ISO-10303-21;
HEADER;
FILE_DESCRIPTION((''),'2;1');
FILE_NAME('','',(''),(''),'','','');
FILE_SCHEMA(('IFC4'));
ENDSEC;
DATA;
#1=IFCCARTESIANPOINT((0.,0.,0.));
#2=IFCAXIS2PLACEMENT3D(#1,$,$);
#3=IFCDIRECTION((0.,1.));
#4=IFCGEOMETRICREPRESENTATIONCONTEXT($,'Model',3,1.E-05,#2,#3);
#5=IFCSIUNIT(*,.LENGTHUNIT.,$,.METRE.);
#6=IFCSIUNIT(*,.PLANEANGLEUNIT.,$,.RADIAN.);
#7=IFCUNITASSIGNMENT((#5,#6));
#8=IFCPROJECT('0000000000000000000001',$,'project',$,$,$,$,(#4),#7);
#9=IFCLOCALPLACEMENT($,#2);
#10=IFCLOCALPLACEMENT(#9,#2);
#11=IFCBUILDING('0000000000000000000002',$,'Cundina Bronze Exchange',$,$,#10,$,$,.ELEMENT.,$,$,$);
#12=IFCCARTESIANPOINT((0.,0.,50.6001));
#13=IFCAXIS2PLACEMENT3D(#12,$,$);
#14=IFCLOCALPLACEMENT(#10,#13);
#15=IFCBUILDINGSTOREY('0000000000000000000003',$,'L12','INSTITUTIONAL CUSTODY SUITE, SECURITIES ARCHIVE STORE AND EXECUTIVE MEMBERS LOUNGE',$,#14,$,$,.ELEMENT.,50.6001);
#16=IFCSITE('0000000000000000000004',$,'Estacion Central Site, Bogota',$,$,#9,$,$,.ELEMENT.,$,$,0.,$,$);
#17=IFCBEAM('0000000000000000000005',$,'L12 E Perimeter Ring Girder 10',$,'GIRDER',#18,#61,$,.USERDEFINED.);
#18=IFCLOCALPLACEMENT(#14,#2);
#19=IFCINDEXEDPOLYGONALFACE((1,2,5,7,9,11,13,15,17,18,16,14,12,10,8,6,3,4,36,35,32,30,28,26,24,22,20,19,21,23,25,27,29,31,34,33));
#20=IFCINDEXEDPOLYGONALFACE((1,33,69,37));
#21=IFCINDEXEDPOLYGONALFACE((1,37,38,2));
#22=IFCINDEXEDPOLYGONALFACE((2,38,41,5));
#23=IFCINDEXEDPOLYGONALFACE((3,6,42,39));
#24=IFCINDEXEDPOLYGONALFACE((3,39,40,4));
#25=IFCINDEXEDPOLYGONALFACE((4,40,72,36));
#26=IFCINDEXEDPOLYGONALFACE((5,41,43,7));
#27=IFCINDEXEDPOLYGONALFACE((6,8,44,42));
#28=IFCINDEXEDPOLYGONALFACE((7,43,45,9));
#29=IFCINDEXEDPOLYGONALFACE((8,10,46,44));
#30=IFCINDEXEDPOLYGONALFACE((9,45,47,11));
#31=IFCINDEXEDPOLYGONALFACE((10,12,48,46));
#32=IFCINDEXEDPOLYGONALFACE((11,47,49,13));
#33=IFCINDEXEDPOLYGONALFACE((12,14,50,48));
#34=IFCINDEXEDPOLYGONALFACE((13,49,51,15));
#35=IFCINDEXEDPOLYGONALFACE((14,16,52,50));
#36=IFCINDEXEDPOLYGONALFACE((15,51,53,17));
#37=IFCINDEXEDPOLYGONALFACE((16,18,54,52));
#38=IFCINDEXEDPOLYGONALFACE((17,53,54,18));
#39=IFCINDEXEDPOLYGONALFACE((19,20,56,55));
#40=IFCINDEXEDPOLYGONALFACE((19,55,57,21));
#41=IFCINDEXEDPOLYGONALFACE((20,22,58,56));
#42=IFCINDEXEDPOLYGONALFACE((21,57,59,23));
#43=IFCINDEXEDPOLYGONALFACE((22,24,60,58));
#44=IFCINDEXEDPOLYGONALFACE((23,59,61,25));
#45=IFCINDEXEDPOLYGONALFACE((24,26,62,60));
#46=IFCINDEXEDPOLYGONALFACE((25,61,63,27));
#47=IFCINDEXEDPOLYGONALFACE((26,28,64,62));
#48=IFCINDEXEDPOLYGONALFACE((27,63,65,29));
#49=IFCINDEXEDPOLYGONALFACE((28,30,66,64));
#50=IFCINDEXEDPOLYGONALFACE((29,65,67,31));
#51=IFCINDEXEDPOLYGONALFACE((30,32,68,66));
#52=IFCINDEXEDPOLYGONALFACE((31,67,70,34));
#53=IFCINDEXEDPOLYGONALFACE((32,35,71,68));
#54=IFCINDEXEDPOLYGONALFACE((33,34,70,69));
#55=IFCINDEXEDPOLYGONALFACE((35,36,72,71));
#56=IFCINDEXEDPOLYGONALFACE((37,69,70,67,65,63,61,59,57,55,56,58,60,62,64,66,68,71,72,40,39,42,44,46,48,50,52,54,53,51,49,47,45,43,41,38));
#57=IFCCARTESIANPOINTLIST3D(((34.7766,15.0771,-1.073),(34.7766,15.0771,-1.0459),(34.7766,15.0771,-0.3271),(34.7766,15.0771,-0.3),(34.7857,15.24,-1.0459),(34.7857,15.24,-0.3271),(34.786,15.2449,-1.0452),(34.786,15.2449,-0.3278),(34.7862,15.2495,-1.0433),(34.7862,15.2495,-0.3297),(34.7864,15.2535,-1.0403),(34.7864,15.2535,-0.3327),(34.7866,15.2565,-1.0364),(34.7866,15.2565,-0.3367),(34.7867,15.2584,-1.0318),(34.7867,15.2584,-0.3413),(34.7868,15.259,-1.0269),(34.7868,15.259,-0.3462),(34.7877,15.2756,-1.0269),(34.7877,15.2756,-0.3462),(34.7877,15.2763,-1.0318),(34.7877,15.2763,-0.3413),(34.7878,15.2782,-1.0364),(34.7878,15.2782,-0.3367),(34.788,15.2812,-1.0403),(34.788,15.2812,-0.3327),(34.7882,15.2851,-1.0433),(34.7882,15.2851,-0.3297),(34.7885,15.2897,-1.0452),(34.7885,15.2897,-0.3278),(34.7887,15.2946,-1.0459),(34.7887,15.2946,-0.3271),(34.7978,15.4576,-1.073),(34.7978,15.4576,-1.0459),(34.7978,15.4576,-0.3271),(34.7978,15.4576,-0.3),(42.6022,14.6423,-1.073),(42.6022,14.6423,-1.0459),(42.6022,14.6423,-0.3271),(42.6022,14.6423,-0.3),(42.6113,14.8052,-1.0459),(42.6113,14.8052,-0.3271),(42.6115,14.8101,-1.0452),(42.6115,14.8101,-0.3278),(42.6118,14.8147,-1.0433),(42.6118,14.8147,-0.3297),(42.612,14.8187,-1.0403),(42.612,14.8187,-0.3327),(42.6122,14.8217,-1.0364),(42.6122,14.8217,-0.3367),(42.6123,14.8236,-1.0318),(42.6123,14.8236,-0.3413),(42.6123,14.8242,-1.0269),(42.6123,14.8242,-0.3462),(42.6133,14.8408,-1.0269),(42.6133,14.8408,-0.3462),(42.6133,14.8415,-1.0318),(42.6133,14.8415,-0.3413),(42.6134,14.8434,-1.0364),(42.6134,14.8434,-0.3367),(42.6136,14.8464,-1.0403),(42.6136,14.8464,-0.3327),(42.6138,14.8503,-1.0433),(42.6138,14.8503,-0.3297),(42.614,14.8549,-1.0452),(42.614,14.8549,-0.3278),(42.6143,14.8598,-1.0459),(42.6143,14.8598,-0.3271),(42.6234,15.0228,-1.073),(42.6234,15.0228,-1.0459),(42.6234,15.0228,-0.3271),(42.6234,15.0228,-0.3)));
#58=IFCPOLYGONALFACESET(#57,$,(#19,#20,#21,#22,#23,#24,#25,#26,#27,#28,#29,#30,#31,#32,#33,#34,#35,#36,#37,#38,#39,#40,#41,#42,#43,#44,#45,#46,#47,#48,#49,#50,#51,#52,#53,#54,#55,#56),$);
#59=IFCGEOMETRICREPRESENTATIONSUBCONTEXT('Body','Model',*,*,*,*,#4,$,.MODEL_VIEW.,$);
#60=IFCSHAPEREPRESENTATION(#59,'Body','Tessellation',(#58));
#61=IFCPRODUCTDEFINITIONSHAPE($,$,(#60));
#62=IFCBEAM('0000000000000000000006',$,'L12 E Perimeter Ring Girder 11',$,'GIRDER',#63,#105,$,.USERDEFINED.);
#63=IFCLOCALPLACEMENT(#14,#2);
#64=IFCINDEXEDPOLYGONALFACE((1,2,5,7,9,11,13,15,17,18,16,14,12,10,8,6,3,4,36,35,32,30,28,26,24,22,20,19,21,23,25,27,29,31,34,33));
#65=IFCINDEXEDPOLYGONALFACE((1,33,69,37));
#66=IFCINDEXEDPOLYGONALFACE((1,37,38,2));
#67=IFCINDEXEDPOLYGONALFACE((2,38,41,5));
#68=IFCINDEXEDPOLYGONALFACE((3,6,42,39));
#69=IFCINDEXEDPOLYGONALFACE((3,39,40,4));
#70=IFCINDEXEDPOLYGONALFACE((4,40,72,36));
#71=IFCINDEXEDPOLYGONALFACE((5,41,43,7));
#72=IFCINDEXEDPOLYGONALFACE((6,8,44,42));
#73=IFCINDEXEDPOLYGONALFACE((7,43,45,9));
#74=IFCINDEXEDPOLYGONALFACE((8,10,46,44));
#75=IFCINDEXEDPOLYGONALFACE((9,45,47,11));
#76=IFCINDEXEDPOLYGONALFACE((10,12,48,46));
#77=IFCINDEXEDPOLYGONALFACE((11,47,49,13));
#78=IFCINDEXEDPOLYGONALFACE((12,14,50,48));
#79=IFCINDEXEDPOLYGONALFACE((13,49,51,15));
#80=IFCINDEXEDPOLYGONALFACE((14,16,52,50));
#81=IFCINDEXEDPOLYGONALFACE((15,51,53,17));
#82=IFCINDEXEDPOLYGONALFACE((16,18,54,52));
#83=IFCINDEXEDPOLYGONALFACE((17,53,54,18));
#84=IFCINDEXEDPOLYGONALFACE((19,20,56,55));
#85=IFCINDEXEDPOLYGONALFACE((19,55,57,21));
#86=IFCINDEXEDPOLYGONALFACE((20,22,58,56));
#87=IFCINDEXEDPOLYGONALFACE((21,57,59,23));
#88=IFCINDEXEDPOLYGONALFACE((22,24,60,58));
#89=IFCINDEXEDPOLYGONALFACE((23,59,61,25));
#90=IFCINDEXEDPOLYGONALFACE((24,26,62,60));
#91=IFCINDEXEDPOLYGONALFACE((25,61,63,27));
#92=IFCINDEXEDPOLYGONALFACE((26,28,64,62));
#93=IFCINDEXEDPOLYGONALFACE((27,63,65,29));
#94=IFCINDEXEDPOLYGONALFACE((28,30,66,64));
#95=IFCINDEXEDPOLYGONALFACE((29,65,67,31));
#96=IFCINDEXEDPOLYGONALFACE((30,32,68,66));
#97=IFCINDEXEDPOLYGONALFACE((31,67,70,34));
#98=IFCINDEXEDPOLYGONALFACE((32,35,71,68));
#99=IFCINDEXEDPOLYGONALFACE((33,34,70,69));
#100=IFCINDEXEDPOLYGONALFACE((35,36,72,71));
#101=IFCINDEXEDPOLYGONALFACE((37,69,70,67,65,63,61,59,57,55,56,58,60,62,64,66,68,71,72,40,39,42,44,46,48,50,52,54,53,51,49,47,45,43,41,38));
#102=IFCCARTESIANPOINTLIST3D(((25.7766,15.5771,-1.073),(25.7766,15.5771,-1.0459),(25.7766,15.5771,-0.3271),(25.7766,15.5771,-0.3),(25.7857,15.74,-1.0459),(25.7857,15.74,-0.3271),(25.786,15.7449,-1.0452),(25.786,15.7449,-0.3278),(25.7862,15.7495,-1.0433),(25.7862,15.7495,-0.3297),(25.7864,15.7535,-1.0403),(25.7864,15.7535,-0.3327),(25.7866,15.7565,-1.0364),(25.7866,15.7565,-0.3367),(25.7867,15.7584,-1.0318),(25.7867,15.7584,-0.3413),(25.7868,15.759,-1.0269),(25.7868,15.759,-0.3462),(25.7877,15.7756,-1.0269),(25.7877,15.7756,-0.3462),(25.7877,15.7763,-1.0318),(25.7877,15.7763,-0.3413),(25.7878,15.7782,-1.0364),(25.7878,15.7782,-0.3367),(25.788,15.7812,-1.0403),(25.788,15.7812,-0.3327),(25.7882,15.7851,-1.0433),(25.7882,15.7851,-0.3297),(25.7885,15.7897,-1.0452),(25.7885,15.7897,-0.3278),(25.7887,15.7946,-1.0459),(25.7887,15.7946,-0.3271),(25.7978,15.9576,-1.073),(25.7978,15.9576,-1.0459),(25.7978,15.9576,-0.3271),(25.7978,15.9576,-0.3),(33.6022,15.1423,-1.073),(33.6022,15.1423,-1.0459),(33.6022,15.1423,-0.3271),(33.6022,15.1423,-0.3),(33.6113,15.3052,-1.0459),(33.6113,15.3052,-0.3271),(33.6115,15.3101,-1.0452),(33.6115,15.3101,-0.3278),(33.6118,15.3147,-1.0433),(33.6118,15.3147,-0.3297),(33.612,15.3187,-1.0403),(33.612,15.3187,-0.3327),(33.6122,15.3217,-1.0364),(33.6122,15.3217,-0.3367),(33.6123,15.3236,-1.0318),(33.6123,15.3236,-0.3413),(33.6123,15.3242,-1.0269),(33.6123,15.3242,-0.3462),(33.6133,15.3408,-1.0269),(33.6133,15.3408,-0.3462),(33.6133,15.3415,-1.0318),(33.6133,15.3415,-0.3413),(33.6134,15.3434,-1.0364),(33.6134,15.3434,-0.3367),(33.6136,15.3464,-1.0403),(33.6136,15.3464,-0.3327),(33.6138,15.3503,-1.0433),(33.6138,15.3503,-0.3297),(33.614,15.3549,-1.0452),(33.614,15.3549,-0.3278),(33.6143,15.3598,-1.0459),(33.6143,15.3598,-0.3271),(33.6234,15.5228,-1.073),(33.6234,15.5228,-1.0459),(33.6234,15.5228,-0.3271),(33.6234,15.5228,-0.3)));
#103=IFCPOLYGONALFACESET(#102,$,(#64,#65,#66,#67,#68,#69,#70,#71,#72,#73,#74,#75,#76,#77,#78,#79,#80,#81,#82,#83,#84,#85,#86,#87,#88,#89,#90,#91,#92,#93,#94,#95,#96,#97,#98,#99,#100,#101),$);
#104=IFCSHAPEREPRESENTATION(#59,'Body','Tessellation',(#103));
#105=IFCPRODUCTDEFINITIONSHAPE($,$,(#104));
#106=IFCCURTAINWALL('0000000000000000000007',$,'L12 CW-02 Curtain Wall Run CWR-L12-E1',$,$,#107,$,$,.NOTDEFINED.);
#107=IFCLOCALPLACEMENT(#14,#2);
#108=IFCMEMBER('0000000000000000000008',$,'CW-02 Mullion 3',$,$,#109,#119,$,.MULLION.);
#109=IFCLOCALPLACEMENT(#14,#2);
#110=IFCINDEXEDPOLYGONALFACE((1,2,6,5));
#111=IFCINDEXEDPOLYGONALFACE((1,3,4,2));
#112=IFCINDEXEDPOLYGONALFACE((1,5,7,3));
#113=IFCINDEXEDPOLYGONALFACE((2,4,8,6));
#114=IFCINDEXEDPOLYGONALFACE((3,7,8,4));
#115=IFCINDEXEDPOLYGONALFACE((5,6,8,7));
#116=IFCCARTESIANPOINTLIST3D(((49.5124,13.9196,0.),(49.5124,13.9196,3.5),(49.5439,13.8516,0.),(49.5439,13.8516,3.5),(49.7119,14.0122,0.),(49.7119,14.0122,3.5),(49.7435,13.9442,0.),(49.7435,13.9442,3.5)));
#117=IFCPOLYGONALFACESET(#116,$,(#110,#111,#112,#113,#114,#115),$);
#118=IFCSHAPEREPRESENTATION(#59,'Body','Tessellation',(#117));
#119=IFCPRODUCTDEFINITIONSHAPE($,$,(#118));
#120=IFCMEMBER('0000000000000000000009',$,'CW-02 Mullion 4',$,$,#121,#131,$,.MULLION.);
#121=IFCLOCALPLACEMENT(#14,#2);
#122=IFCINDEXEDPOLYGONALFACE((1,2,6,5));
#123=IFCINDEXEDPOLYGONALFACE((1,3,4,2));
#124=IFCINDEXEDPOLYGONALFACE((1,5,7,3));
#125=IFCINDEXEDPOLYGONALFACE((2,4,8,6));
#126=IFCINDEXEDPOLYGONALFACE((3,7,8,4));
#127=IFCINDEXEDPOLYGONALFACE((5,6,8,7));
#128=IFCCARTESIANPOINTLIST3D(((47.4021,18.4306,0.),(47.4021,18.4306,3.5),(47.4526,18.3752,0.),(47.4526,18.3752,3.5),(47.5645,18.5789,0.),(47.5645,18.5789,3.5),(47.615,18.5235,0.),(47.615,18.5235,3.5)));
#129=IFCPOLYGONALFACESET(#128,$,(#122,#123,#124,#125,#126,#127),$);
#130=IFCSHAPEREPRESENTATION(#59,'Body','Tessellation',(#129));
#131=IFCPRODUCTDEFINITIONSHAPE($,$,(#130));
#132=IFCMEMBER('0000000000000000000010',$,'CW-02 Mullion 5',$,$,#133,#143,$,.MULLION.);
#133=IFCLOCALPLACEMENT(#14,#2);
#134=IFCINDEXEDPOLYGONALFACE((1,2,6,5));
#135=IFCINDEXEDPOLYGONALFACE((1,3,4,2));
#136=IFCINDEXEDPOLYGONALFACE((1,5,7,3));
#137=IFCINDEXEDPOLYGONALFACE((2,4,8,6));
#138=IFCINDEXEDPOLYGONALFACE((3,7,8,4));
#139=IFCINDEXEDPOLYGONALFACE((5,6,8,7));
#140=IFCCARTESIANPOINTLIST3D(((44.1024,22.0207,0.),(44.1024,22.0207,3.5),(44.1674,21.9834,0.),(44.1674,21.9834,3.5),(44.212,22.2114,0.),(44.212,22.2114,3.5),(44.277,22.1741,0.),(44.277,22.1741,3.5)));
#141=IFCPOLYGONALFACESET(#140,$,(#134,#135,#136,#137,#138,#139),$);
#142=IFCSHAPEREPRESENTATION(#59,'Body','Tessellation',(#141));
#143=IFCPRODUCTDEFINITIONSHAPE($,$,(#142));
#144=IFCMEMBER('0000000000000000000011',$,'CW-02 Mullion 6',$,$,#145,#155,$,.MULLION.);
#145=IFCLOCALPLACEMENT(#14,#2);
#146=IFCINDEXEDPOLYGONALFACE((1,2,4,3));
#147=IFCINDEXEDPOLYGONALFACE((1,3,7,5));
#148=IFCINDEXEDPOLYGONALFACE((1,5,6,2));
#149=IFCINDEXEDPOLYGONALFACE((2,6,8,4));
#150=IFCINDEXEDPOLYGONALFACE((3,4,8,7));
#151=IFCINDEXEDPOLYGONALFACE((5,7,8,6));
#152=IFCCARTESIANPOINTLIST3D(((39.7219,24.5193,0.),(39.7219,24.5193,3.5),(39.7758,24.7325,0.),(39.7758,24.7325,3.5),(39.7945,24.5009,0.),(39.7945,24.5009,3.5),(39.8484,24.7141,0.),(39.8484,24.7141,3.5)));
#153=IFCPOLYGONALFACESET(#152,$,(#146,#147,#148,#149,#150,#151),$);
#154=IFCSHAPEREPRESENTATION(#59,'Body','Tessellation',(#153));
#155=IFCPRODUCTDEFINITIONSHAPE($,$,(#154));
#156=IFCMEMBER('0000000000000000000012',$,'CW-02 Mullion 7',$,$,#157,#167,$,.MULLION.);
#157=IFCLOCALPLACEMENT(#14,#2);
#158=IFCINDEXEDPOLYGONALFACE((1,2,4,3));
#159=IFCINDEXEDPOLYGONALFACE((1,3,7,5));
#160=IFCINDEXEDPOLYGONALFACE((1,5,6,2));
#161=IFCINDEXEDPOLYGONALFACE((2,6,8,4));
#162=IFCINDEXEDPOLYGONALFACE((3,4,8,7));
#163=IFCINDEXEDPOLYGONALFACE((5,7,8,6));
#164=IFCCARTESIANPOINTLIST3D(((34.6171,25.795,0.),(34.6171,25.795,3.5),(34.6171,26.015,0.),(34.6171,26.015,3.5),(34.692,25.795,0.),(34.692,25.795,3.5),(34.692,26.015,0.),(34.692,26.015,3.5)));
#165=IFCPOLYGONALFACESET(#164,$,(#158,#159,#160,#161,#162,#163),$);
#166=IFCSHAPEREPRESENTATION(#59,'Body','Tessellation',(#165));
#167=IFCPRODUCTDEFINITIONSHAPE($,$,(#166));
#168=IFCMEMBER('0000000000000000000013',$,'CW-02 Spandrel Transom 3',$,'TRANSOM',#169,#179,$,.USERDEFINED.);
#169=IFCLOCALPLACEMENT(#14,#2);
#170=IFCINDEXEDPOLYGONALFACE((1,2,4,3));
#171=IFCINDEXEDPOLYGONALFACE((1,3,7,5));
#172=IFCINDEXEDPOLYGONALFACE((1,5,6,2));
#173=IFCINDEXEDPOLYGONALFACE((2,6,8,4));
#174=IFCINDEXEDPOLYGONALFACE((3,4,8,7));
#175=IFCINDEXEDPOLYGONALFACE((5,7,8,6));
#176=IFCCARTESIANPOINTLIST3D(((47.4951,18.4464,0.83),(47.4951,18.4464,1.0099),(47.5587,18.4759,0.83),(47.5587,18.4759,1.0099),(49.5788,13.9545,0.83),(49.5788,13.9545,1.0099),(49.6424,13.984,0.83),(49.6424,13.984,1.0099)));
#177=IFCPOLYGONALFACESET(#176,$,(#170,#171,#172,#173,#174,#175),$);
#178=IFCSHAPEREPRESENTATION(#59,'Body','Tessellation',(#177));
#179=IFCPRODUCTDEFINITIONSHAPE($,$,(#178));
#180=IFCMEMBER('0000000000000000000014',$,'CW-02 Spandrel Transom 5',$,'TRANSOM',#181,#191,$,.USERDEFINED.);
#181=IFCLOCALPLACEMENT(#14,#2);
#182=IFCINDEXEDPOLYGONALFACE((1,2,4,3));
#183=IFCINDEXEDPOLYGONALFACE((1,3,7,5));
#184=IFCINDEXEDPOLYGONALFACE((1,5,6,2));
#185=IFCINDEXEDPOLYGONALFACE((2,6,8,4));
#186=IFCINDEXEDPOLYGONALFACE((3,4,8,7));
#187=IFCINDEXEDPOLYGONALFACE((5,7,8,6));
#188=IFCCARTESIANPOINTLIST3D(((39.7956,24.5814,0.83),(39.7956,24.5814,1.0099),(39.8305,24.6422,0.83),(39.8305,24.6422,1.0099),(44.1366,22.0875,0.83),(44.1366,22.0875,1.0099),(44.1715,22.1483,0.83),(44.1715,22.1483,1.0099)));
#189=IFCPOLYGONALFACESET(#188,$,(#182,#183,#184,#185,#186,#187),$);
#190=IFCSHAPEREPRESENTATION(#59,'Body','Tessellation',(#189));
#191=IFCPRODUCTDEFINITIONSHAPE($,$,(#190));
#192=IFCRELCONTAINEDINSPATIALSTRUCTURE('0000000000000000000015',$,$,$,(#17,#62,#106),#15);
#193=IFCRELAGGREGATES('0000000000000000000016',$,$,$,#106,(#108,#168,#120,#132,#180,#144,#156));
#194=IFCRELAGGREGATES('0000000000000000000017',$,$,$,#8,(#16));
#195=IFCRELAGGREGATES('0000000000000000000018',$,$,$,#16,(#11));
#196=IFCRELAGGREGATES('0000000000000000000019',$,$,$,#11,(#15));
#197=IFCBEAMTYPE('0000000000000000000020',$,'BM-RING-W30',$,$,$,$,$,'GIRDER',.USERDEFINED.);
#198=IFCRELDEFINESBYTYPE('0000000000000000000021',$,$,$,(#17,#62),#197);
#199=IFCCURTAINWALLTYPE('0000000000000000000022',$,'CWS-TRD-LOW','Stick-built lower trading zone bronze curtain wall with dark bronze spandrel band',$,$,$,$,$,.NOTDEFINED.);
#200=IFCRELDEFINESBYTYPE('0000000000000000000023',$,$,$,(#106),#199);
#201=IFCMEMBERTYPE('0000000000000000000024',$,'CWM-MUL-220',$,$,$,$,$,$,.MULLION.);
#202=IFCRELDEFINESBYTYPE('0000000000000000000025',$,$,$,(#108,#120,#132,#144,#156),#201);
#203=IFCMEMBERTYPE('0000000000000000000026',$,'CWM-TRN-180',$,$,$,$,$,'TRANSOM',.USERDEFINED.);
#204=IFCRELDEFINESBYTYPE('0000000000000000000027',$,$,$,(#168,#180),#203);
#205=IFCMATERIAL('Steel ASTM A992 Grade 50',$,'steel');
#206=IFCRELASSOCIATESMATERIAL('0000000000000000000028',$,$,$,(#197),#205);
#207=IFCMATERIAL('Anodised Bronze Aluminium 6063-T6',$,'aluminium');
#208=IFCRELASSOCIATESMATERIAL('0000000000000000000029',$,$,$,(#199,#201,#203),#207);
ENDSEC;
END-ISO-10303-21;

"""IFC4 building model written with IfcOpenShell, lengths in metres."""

from ifc_helpers import new_model, si_unit, direction, frame, origin, origin_2d, place, context, subcontext, project, spatial, rectangle, i_section, extrude, material, material_profile, profile_set, type_object, element, aggregate, save


model = new_model("IFC4")

# Units and contexts
model_context = context("Model", 3, precision=1e-05, world=origin(), true_north=direction((0.0, 1.0)))
body_context = subcontext(model_context, "Body", "Model", "MODEL_VIEW")
ifc_project = project(units=[si_unit("LENGTHUNIT", "METRE"), si_unit("PLANEANGLEUNIT", "RADIAN")], contexts=[model_context])

# Site, building, storey
site_placement = place(None, origin())
site = spatial("IfcSite", under=ifc_project, at=site_placement, Name="Estacion Central Site, Bogota", CompositionType="ELEMENT", RefElevation=0.0)
building_placement = place(site_placement, origin())
building = spatial("IfcBuilding", under=site, at=building_placement, Name="Cundina Bronze Exchange", CompositionType="ELEMENT")
storey_placement = place(building_placement, frame((0.0, 0.0, 50.6001)))
storey = spatial("IfcBuildingStorey", under=building, at=storey_placement, Name="L12", Description="INSTITUTIONAL CUSTODY SUITE, SECURITIES ARCHIVE STORE AND EXECUTIVE MEMBERS LOUNGE", CompositionType="ELEMENT", Elevation=50.6001)

# Beams
ifc_material_1 = material(Name="Steel ASTM A992 Grade 50", Category="steel")
ifc_material_profile_1 = material_profile(ifc_material_1, i_section(OverallWidth=0.3811, OverallDepth=0.7729, WebThickness=0.0166, FlangeThickness=0.0271, FilletRadius=0.019, at=origin_2d()), Name="W30X173", Category="steel")
ifc_profile_set_1 = profile_set([ifc_material_profile_1], Name="Steel ASTM A992 Grade 50")
beam_type_1 = type_object("IfcBeamType", Name="BM-RING-W30", ElementType="GIRDER", PredefinedType="USERDEFINED", material=ifc_profile_set_1)
for number, where, z_axis, x_axis, name in (
    (1, (42.6128, 14.8325, -0.6865), (-0.99846, 0.055477, 0.0), (-0.055477, -0.99846, 0.0), "L12 E Perimeter Ring Girder 10"),
    (2, (33.6128, 15.3325, -0.6865), (-0.99846, 0.055477, 0.0), (-0.055477, -0.99846, 0.0), "L12 E Perimeter Ring Girder 11"),
):
    element("IfcBeam", number, at=place(storey_placement, frame(where, z_axis=z_axis, x_axis=x_axis)), inside=storey, type_object=beam_type_1, Name=name, ObjectType="GIRDER", PredefinedType="USERDEFINED", context=body_context, shape_type="SweptSolid", body=[
        extrude(i_section(OverallWidth=0.3811, OverallDepth=0.7729, WebThickness=0.0166, FlangeThickness=0.0271, FilletRadius=0.019, at=origin_2d()), origin(), (0.0, 0.0, 1.0), 7.8376),
    ])

# Curtain wall, members
ifc_material_2 = material(Name="Anodised Bronze Aluminium 6063-T6", Category="aluminium")
curtain_wall_type = type_object("IfcCurtainWallType", Name="CWS-TRD-LOW", Description="Stick-built lower trading zone bronze curtain wall with dark bronze spandrel band", PredefinedType="NOTDEFINED", material=ifc_material_2)
curtain_wall_placement = place(storey_placement, origin())
curtain_wall = element("IfcCurtainWall", 3, at=curtain_wall_placement, inside=storey, type_object=curtain_wall_type, Name="L12 CW-02 Curtain Wall Run CWR-L12-E1", PredefinedType="NOTDEFINED")
ifc_material_profile_2 = material_profile(ifc_material_2, rectangle(XDim=0.075, YDim=0.22, at=origin_2d()), Name="AL75X220", Category="aluminium")
ifc_profile_set_2 = profile_set([ifc_material_profile_2], Name="Anodised Bronze Aluminium 6063-T6")
member_type_1 = type_object("IfcMemberType", Name="CWM-MUL-220", PredefinedType="MULLION", material=ifc_profile_set_2)
member_1_placement = place(storey_placement, frame((49.6279, 13.9319, 0.0), z_axis=(0.0, 0.0, 1.0), x_axis=(-0.420877, 0.907117, 0.0)))
member_1 = element("IfcMember", 4, at=member_1_placement, type_object=member_type_1, Name="CW-02 Mullion 3", PredefinedType="MULLION", context=body_context, shape_type="SweptSolid", body=[
    extrude(rectangle(XDim=0.075, YDim=0.22, at=origin_2d()), origin(), (0.0, 0.0, 1.0), 3.5),
])
member_2_placement = place(storey_placement, frame((47.5085, 18.4771, 0.0), z_axis=(0.0, 0.0, 1.0), x_axis=(-0.674302, 0.738455, 0.0)))
member_2 = element("IfcMember", 5, at=member_2_placement, type_object=member_type_1, Name="CW-02 Mullion 4", PredefinedType="MULLION", context=body_context, shape_type="SweptSolid", body=[
    extrude(rectangle(XDim=0.075, YDim=0.22, at=origin_2d()), origin(), (0.0, 0.0, 1.0), 3.5),
])
member_3_placement = place(storey_placement, frame((44.1897, 22.0974, 0.0), z_axis=(0.0, 0.0, 1.0), x_axis=(-0.867071, 0.498185, 0.0)))
member_3 = element("IfcMember", 6, at=member_3_placement, type_object=member_type_1, Name="CW-02 Mullion 5", PredefinedType="MULLION", context=body_context, shape_type="SweptSolid", body=[
    extrude(rectangle(XDim=0.075, YDim=0.22, at=origin_2d()), origin(), (0.0, 0.0, 1.0), 3.5),
])
member_4_placement = place(storey_placement, frame((39.7852, 24.6167, 0.0), z_axis=(0.0, 0.0, 1.0), x_axis=(-0.969488, 0.245138, 0.0)))
member_4 = element("IfcMember", 7, at=member_4_placement, type_object=member_type_1, Name="CW-02 Mullion 6", PredefinedType="MULLION", context=body_context, shape_type="SweptSolid", body=[
    extrude(rectangle(XDim=0.075, YDim=0.22, at=origin_2d()), origin(), (0.0, 0.0, 1.0), 3.5),
])
member_5_placement = place(storey_placement, frame((34.6545, 25.905, 0.0), z_axis=(0.0, 0.0, 1.0), x_axis=(-1.0, 0.0, 0.0)))
member_5 = element("IfcMember", 8, at=member_5_placement, type_object=member_type_1, Name="CW-02 Mullion 7", PredefinedType="MULLION", context=body_context, shape_type="SweptSolid", body=[
    extrude(rectangle(XDim=0.075, YDim=0.22, at=origin_2d()), origin(), (0.0, 0.0, 1.0), 3.5),
])
ifc_material_profile_3 = material_profile(ifc_material_2, rectangle(XDim=0.0701, YDim=0.1799, at=origin_2d()), Name="AL70X180", Category="aluminium")
ifc_profile_set_3 = profile_set([ifc_material_profile_3], Name="Anodised Bronze Aluminium 6063-T6")
member_type_2 = type_object("IfcMemberType", Name="CWM-TRN-180", ElementType="TRANSOM", PredefinedType="USERDEFINED", material=ifc_profile_set_3)
member_6_placement = place(storey_placement, frame((49.6106, 13.9692, 0.9199), z_axis=(-0.420811, 0.907148, 0.0), x_axis=(-0.907148, -0.420811, 0.0)))
member_6 = element("IfcMember", 9, at=member_6_placement, type_object=member_type_2, Name="CW-02 Spandrel Transom 3", ObjectType="TRANSOM", PredefinedType="USERDEFINED", context=body_context, shape_type="SweptSolid", body=[
    extrude(rectangle(XDim=0.0701, YDim=0.1799, at=origin_2d()), origin(), (0.0, 0.0, 1.0), 4.9517),
])
member_7_placement = place(storey_placement, frame((44.1541, 22.1179, 0.9199), z_axis=(-0.867097, 0.498139, 0.0), x_axis=(-0.498139, -0.867097, 0.0)))
member_7 = element("IfcMember", 10, at=member_7_placement, type_object=member_type_2, Name="CW-02 Spandrel Transom 5", ObjectType="TRANSOM", PredefinedType="USERDEFINED", context=body_context, shape_type="SweptSolid", body=[
    extrude(rectangle(XDim=0.0701, YDim=0.1799, at=origin_2d()), origin(), (0.0, 0.0, 1.0), 5.0063),
])
aggregate(curtain_wall, [member_1, member_6, member_2, member_3, member_7, member_4, member_5])

save(model, "model.ifc")
